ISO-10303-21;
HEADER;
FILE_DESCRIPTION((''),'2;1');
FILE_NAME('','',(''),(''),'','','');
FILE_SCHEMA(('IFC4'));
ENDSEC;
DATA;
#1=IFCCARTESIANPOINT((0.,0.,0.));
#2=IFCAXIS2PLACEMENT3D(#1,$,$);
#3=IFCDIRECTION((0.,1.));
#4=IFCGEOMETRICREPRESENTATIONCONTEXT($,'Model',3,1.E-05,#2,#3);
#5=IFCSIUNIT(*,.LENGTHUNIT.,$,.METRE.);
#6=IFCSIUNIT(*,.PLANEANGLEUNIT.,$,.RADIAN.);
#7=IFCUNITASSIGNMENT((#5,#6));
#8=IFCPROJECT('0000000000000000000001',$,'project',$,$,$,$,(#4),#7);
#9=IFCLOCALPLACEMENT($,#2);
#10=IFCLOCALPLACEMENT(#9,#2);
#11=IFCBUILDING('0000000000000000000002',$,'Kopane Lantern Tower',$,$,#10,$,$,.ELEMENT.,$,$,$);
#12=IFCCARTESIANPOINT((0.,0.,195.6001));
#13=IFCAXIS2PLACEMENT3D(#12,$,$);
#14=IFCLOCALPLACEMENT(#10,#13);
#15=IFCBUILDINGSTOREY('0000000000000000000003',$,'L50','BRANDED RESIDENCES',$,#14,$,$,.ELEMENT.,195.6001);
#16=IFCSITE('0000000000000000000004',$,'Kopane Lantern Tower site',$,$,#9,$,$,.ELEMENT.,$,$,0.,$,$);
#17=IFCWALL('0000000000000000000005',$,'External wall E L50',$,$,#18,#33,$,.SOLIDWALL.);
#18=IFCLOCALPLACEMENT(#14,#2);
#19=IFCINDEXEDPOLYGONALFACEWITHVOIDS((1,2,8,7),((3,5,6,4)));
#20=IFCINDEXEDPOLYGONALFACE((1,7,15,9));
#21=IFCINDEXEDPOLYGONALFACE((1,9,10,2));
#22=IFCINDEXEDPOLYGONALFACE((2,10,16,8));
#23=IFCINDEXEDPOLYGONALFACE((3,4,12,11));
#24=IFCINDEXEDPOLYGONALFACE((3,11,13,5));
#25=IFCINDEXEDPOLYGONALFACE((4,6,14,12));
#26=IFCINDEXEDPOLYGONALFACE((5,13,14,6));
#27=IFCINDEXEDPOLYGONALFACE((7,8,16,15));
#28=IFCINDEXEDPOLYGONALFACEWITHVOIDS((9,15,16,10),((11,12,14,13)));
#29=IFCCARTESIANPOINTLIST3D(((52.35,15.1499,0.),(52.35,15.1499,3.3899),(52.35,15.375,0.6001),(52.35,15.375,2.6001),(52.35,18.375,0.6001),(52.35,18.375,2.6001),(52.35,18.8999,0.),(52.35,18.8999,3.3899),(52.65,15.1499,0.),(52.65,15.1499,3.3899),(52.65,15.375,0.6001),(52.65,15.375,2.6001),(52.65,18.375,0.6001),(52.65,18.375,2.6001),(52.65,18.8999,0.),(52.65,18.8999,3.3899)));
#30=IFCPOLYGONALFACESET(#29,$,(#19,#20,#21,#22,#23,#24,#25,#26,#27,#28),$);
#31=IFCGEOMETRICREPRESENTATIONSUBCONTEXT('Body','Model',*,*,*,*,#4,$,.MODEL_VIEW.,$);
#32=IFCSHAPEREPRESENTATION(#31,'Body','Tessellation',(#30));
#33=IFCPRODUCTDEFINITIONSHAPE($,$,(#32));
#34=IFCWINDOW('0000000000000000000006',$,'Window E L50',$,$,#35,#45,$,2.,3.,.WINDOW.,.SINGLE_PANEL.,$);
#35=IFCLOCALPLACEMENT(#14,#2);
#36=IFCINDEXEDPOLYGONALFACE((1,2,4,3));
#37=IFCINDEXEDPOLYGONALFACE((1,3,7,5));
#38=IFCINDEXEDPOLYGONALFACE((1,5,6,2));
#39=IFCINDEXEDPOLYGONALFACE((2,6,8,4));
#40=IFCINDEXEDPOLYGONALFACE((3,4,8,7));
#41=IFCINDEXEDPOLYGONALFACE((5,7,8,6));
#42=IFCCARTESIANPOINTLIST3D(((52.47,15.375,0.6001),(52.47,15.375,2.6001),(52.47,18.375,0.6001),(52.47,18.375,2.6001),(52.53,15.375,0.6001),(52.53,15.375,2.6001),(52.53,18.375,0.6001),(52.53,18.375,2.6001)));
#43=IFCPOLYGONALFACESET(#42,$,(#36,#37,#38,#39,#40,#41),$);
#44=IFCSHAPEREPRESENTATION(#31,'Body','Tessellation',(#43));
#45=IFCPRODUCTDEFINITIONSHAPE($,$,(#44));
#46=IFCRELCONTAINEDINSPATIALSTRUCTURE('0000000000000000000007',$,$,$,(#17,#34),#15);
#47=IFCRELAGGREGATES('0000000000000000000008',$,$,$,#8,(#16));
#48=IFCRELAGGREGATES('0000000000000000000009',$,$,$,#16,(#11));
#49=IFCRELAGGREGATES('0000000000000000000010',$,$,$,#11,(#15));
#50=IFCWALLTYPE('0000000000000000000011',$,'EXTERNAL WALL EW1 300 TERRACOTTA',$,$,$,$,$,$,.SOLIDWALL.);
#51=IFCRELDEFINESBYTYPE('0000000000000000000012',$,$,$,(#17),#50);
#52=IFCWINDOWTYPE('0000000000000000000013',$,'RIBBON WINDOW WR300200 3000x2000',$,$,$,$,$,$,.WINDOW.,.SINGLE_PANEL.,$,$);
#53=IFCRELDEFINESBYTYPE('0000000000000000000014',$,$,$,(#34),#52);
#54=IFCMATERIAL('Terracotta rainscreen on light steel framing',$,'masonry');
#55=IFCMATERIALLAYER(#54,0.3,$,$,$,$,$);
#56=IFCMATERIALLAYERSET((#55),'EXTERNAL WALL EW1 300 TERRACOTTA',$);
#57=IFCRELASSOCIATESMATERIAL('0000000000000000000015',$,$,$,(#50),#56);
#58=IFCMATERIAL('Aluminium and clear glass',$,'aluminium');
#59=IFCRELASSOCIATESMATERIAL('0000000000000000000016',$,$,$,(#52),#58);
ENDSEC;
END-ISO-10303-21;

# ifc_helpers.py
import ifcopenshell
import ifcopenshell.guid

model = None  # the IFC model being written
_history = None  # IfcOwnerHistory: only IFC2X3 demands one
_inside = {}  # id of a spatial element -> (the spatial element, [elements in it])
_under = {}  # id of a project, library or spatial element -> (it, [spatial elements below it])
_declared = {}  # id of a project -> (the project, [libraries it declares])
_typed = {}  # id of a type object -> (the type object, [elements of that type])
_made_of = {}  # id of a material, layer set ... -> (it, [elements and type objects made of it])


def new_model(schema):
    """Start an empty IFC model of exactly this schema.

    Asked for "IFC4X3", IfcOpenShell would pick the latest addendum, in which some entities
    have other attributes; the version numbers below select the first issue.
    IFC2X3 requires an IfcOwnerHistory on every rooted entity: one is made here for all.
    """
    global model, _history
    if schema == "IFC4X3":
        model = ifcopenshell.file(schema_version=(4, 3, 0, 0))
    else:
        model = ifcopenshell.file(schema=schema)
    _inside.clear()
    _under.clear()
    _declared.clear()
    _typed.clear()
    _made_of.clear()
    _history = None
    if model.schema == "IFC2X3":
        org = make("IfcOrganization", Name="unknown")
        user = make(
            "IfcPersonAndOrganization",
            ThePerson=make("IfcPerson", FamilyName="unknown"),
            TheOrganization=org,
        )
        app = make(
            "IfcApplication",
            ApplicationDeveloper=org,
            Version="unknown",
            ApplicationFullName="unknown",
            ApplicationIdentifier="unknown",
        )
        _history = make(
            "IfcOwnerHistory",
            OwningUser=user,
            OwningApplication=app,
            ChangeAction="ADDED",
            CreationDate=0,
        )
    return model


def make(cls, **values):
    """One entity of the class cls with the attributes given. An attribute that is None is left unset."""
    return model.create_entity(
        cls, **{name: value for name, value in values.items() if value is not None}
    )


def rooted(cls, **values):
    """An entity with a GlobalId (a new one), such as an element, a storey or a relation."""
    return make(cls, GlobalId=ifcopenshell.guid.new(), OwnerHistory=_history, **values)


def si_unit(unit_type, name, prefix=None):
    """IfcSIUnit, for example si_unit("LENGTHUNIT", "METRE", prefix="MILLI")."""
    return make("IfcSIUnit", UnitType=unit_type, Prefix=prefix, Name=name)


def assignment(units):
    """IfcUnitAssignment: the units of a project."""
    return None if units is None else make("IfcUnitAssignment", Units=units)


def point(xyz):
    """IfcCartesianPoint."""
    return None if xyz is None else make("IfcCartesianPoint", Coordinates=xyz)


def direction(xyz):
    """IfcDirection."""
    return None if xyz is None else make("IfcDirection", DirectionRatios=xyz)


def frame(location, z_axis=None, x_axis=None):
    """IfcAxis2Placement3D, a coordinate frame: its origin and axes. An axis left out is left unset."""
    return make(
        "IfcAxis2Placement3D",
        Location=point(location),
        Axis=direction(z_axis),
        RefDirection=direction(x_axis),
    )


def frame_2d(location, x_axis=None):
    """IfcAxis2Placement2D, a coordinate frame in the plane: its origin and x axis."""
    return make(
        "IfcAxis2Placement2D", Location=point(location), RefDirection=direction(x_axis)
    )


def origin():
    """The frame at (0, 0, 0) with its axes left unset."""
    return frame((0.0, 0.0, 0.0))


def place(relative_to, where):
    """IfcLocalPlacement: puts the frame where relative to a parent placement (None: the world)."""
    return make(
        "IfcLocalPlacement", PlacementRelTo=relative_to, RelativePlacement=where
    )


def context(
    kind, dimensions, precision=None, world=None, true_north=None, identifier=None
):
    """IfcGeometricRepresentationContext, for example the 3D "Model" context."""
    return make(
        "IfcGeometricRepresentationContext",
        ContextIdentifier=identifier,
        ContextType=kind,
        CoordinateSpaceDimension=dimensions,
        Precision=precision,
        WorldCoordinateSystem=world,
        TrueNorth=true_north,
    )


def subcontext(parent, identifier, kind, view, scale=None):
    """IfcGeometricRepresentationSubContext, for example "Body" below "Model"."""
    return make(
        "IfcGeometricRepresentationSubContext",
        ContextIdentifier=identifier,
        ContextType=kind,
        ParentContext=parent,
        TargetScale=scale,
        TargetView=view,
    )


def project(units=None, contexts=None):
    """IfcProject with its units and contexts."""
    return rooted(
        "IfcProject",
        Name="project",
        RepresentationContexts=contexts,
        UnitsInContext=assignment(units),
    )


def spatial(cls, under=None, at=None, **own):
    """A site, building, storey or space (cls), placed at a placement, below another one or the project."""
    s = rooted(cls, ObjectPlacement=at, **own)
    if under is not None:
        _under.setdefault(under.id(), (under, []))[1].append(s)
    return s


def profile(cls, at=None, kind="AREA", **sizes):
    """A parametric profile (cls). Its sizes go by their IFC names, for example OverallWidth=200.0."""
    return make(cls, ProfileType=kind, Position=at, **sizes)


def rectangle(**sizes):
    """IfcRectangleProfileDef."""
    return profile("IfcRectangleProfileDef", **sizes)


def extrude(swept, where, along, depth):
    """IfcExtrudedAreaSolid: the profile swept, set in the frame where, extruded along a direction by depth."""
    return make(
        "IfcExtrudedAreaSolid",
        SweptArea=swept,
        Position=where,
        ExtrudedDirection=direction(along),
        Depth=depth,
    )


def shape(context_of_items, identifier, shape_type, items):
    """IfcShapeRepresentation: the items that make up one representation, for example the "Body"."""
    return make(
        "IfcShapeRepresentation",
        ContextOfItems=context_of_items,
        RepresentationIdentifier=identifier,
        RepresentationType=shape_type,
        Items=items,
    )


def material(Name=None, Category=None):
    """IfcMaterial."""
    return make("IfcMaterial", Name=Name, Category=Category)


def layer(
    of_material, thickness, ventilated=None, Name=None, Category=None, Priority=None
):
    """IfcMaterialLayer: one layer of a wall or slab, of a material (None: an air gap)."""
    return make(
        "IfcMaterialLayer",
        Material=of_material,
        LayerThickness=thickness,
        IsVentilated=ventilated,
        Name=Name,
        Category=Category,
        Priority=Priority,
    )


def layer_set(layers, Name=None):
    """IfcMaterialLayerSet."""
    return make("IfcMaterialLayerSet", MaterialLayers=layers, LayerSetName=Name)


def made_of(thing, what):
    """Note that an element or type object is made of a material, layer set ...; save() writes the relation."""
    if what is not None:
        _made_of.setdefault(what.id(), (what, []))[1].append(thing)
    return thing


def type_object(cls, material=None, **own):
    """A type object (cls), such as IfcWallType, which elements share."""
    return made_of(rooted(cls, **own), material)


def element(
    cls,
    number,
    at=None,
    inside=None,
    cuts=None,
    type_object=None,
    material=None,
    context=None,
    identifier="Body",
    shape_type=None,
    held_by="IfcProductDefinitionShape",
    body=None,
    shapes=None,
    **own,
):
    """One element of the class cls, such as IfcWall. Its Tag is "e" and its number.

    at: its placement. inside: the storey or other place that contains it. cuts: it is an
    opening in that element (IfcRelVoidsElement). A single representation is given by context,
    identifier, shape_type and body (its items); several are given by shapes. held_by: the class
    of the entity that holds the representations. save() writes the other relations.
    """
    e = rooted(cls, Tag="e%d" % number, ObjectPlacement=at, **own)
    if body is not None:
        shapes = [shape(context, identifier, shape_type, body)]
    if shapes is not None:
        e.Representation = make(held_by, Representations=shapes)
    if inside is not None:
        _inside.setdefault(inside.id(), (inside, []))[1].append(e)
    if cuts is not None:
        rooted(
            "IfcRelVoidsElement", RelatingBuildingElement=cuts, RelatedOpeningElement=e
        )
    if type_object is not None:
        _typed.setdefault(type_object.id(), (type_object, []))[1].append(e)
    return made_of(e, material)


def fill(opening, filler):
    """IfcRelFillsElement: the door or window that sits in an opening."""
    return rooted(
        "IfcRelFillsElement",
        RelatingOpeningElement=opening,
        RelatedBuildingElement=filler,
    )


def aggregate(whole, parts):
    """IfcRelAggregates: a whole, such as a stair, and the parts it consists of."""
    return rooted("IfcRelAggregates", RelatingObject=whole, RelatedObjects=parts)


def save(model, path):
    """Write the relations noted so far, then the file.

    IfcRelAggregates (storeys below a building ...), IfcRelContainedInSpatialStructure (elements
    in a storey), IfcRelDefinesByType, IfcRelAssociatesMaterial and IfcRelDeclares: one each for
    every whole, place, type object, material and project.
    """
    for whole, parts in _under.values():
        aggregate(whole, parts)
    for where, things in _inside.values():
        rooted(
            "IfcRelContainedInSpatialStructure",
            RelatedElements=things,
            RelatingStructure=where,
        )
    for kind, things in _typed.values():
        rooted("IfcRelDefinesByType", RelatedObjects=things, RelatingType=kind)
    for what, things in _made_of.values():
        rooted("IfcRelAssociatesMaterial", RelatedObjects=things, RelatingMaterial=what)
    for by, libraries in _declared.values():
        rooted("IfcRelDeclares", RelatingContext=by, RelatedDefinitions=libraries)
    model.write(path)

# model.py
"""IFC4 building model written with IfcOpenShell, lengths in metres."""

from ifc_helpers import new_model, si_unit, direction, frame, frame_2d, origin, place, context, subcontext, project, spatial, rectangle, extrude, material, layer, layer_set, type_object, element, fill, save


model = new_model("IFC4")

# Units and contexts
model_context = context("Model", 3, precision=1e-05, world=origin(), true_north=direction((0.0, 1.0)))
body_context = subcontext(model_context, "Body", "Model", "MODEL_VIEW")
ifc_project = project(units=[si_unit("LENGTHUNIT", "METRE"), si_unit("PLANEANGLEUNIT", "RADIAN")], contexts=[model_context])

# Site, building, storey
site_placement = place(None, origin())
site = spatial("IfcSite", under=ifc_project, at=site_placement, Name="Kopane Lantern Tower site", CompositionType="ELEMENT", RefElevation=0.0)
building_placement = place(site_placement, origin())
building = spatial("IfcBuilding", under=site, at=building_placement, Name="Kopane Lantern Tower", CompositionType="ELEMENT")
storey_placement = place(building_placement, frame((0.0, 0.0, 195.6001)))
storey = spatial("IfcBuildingStorey", under=building, at=storey_placement, Name="L50", Description="BRANDED RESIDENCES", CompositionType="ELEMENT", Elevation=195.6001)

# Wall, opening, window
ifc_material_1 = material(Name="Terracotta rainscreen on light steel framing", Category="masonry")
ifc_layer_1 = layer(ifc_material_1, 0.3)
ifc_layer_set_1 = layer_set([ifc_layer_1], Name="EXTERNAL WALL EW1 300 TERRACOTTA")
wall_type_1 = type_object("IfcWallType", Name="EXTERNAL WALL EW1 300 TERRACOTTA", PredefinedType="SOLIDWALL", material=ifc_layer_set_1)
ifc_material_2 = material(Name="Aluminium and clear glass", Category="aluminium")
window_type = type_object("IfcWindowType", Name="RIBBON WINDOW WR300200 3000x2000", PartitioningType="SINGLE_PANEL", PredefinedType="WINDOW", material=ifc_material_2)
wall_1_placement = place(storey_placement, frame((52.5, 15.1499, 0.0), z_axis=(0.0, 0.0, 1.0), x_axis=(0.0, 1.0, 0.0)))
wall_1 = element("IfcWall", 1, at=wall_1_placement, inside=storey, type_object=wall_type_1, Name="External wall E L50", PredefinedType="SOLIDWALL", context=body_context, shape_type="SweptSolid", body=[
    extrude(rectangle(XDim=3.75, YDim=0.3, at=frame_2d((1.875, 0.0))), origin(), (0.0, 0.0, 1.0), 3.3899),
])
opening_1_placement = place(wall_1_placement, frame((0.2251, 0.0, 0.6001)))
opening_1 = element("IfcOpeningElement", 2, at=opening_1_placement, cuts=wall_1, PredefinedType="OPENING", context=body_context, shape_type="SweptSolid", body=[
    extrude(rectangle(XDim=3.0, YDim=2.0, at=frame_2d((1.5, 1.0))), frame((0.0, 0.1599, 0.0), z_axis=(0.0, -1.0, 0.0), x_axis=(1.0, 0.0, 0.0)), (0.0, 0.0, 1.0), 0.3201),
])
window_1_placement = place(opening_1_placement, origin())
window_1 = element("IfcWindow", 3, at=window_1_placement, inside=storey, type_object=window_type, Name="Window E L50", OverallHeight=2.0, OverallWidth=3.0, PartitioningType="SINGLE_PANEL", PredefinedType="WINDOW", context=body_context, shape_type="SweptSolid", body=[
    extrude(rectangle(XDim=3.0, YDim=2.0, at=frame_2d((1.5, 1.0))), frame((0.0, 0.03, 0.0), z_axis=(0.0, -1.0, 0.0), x_axis=(1.0, 0.0, 0.0)), (0.0, 0.0, 1.0), 0.0601),
])
fill(opening_1, window_1)

save(model, "model.ifc")
